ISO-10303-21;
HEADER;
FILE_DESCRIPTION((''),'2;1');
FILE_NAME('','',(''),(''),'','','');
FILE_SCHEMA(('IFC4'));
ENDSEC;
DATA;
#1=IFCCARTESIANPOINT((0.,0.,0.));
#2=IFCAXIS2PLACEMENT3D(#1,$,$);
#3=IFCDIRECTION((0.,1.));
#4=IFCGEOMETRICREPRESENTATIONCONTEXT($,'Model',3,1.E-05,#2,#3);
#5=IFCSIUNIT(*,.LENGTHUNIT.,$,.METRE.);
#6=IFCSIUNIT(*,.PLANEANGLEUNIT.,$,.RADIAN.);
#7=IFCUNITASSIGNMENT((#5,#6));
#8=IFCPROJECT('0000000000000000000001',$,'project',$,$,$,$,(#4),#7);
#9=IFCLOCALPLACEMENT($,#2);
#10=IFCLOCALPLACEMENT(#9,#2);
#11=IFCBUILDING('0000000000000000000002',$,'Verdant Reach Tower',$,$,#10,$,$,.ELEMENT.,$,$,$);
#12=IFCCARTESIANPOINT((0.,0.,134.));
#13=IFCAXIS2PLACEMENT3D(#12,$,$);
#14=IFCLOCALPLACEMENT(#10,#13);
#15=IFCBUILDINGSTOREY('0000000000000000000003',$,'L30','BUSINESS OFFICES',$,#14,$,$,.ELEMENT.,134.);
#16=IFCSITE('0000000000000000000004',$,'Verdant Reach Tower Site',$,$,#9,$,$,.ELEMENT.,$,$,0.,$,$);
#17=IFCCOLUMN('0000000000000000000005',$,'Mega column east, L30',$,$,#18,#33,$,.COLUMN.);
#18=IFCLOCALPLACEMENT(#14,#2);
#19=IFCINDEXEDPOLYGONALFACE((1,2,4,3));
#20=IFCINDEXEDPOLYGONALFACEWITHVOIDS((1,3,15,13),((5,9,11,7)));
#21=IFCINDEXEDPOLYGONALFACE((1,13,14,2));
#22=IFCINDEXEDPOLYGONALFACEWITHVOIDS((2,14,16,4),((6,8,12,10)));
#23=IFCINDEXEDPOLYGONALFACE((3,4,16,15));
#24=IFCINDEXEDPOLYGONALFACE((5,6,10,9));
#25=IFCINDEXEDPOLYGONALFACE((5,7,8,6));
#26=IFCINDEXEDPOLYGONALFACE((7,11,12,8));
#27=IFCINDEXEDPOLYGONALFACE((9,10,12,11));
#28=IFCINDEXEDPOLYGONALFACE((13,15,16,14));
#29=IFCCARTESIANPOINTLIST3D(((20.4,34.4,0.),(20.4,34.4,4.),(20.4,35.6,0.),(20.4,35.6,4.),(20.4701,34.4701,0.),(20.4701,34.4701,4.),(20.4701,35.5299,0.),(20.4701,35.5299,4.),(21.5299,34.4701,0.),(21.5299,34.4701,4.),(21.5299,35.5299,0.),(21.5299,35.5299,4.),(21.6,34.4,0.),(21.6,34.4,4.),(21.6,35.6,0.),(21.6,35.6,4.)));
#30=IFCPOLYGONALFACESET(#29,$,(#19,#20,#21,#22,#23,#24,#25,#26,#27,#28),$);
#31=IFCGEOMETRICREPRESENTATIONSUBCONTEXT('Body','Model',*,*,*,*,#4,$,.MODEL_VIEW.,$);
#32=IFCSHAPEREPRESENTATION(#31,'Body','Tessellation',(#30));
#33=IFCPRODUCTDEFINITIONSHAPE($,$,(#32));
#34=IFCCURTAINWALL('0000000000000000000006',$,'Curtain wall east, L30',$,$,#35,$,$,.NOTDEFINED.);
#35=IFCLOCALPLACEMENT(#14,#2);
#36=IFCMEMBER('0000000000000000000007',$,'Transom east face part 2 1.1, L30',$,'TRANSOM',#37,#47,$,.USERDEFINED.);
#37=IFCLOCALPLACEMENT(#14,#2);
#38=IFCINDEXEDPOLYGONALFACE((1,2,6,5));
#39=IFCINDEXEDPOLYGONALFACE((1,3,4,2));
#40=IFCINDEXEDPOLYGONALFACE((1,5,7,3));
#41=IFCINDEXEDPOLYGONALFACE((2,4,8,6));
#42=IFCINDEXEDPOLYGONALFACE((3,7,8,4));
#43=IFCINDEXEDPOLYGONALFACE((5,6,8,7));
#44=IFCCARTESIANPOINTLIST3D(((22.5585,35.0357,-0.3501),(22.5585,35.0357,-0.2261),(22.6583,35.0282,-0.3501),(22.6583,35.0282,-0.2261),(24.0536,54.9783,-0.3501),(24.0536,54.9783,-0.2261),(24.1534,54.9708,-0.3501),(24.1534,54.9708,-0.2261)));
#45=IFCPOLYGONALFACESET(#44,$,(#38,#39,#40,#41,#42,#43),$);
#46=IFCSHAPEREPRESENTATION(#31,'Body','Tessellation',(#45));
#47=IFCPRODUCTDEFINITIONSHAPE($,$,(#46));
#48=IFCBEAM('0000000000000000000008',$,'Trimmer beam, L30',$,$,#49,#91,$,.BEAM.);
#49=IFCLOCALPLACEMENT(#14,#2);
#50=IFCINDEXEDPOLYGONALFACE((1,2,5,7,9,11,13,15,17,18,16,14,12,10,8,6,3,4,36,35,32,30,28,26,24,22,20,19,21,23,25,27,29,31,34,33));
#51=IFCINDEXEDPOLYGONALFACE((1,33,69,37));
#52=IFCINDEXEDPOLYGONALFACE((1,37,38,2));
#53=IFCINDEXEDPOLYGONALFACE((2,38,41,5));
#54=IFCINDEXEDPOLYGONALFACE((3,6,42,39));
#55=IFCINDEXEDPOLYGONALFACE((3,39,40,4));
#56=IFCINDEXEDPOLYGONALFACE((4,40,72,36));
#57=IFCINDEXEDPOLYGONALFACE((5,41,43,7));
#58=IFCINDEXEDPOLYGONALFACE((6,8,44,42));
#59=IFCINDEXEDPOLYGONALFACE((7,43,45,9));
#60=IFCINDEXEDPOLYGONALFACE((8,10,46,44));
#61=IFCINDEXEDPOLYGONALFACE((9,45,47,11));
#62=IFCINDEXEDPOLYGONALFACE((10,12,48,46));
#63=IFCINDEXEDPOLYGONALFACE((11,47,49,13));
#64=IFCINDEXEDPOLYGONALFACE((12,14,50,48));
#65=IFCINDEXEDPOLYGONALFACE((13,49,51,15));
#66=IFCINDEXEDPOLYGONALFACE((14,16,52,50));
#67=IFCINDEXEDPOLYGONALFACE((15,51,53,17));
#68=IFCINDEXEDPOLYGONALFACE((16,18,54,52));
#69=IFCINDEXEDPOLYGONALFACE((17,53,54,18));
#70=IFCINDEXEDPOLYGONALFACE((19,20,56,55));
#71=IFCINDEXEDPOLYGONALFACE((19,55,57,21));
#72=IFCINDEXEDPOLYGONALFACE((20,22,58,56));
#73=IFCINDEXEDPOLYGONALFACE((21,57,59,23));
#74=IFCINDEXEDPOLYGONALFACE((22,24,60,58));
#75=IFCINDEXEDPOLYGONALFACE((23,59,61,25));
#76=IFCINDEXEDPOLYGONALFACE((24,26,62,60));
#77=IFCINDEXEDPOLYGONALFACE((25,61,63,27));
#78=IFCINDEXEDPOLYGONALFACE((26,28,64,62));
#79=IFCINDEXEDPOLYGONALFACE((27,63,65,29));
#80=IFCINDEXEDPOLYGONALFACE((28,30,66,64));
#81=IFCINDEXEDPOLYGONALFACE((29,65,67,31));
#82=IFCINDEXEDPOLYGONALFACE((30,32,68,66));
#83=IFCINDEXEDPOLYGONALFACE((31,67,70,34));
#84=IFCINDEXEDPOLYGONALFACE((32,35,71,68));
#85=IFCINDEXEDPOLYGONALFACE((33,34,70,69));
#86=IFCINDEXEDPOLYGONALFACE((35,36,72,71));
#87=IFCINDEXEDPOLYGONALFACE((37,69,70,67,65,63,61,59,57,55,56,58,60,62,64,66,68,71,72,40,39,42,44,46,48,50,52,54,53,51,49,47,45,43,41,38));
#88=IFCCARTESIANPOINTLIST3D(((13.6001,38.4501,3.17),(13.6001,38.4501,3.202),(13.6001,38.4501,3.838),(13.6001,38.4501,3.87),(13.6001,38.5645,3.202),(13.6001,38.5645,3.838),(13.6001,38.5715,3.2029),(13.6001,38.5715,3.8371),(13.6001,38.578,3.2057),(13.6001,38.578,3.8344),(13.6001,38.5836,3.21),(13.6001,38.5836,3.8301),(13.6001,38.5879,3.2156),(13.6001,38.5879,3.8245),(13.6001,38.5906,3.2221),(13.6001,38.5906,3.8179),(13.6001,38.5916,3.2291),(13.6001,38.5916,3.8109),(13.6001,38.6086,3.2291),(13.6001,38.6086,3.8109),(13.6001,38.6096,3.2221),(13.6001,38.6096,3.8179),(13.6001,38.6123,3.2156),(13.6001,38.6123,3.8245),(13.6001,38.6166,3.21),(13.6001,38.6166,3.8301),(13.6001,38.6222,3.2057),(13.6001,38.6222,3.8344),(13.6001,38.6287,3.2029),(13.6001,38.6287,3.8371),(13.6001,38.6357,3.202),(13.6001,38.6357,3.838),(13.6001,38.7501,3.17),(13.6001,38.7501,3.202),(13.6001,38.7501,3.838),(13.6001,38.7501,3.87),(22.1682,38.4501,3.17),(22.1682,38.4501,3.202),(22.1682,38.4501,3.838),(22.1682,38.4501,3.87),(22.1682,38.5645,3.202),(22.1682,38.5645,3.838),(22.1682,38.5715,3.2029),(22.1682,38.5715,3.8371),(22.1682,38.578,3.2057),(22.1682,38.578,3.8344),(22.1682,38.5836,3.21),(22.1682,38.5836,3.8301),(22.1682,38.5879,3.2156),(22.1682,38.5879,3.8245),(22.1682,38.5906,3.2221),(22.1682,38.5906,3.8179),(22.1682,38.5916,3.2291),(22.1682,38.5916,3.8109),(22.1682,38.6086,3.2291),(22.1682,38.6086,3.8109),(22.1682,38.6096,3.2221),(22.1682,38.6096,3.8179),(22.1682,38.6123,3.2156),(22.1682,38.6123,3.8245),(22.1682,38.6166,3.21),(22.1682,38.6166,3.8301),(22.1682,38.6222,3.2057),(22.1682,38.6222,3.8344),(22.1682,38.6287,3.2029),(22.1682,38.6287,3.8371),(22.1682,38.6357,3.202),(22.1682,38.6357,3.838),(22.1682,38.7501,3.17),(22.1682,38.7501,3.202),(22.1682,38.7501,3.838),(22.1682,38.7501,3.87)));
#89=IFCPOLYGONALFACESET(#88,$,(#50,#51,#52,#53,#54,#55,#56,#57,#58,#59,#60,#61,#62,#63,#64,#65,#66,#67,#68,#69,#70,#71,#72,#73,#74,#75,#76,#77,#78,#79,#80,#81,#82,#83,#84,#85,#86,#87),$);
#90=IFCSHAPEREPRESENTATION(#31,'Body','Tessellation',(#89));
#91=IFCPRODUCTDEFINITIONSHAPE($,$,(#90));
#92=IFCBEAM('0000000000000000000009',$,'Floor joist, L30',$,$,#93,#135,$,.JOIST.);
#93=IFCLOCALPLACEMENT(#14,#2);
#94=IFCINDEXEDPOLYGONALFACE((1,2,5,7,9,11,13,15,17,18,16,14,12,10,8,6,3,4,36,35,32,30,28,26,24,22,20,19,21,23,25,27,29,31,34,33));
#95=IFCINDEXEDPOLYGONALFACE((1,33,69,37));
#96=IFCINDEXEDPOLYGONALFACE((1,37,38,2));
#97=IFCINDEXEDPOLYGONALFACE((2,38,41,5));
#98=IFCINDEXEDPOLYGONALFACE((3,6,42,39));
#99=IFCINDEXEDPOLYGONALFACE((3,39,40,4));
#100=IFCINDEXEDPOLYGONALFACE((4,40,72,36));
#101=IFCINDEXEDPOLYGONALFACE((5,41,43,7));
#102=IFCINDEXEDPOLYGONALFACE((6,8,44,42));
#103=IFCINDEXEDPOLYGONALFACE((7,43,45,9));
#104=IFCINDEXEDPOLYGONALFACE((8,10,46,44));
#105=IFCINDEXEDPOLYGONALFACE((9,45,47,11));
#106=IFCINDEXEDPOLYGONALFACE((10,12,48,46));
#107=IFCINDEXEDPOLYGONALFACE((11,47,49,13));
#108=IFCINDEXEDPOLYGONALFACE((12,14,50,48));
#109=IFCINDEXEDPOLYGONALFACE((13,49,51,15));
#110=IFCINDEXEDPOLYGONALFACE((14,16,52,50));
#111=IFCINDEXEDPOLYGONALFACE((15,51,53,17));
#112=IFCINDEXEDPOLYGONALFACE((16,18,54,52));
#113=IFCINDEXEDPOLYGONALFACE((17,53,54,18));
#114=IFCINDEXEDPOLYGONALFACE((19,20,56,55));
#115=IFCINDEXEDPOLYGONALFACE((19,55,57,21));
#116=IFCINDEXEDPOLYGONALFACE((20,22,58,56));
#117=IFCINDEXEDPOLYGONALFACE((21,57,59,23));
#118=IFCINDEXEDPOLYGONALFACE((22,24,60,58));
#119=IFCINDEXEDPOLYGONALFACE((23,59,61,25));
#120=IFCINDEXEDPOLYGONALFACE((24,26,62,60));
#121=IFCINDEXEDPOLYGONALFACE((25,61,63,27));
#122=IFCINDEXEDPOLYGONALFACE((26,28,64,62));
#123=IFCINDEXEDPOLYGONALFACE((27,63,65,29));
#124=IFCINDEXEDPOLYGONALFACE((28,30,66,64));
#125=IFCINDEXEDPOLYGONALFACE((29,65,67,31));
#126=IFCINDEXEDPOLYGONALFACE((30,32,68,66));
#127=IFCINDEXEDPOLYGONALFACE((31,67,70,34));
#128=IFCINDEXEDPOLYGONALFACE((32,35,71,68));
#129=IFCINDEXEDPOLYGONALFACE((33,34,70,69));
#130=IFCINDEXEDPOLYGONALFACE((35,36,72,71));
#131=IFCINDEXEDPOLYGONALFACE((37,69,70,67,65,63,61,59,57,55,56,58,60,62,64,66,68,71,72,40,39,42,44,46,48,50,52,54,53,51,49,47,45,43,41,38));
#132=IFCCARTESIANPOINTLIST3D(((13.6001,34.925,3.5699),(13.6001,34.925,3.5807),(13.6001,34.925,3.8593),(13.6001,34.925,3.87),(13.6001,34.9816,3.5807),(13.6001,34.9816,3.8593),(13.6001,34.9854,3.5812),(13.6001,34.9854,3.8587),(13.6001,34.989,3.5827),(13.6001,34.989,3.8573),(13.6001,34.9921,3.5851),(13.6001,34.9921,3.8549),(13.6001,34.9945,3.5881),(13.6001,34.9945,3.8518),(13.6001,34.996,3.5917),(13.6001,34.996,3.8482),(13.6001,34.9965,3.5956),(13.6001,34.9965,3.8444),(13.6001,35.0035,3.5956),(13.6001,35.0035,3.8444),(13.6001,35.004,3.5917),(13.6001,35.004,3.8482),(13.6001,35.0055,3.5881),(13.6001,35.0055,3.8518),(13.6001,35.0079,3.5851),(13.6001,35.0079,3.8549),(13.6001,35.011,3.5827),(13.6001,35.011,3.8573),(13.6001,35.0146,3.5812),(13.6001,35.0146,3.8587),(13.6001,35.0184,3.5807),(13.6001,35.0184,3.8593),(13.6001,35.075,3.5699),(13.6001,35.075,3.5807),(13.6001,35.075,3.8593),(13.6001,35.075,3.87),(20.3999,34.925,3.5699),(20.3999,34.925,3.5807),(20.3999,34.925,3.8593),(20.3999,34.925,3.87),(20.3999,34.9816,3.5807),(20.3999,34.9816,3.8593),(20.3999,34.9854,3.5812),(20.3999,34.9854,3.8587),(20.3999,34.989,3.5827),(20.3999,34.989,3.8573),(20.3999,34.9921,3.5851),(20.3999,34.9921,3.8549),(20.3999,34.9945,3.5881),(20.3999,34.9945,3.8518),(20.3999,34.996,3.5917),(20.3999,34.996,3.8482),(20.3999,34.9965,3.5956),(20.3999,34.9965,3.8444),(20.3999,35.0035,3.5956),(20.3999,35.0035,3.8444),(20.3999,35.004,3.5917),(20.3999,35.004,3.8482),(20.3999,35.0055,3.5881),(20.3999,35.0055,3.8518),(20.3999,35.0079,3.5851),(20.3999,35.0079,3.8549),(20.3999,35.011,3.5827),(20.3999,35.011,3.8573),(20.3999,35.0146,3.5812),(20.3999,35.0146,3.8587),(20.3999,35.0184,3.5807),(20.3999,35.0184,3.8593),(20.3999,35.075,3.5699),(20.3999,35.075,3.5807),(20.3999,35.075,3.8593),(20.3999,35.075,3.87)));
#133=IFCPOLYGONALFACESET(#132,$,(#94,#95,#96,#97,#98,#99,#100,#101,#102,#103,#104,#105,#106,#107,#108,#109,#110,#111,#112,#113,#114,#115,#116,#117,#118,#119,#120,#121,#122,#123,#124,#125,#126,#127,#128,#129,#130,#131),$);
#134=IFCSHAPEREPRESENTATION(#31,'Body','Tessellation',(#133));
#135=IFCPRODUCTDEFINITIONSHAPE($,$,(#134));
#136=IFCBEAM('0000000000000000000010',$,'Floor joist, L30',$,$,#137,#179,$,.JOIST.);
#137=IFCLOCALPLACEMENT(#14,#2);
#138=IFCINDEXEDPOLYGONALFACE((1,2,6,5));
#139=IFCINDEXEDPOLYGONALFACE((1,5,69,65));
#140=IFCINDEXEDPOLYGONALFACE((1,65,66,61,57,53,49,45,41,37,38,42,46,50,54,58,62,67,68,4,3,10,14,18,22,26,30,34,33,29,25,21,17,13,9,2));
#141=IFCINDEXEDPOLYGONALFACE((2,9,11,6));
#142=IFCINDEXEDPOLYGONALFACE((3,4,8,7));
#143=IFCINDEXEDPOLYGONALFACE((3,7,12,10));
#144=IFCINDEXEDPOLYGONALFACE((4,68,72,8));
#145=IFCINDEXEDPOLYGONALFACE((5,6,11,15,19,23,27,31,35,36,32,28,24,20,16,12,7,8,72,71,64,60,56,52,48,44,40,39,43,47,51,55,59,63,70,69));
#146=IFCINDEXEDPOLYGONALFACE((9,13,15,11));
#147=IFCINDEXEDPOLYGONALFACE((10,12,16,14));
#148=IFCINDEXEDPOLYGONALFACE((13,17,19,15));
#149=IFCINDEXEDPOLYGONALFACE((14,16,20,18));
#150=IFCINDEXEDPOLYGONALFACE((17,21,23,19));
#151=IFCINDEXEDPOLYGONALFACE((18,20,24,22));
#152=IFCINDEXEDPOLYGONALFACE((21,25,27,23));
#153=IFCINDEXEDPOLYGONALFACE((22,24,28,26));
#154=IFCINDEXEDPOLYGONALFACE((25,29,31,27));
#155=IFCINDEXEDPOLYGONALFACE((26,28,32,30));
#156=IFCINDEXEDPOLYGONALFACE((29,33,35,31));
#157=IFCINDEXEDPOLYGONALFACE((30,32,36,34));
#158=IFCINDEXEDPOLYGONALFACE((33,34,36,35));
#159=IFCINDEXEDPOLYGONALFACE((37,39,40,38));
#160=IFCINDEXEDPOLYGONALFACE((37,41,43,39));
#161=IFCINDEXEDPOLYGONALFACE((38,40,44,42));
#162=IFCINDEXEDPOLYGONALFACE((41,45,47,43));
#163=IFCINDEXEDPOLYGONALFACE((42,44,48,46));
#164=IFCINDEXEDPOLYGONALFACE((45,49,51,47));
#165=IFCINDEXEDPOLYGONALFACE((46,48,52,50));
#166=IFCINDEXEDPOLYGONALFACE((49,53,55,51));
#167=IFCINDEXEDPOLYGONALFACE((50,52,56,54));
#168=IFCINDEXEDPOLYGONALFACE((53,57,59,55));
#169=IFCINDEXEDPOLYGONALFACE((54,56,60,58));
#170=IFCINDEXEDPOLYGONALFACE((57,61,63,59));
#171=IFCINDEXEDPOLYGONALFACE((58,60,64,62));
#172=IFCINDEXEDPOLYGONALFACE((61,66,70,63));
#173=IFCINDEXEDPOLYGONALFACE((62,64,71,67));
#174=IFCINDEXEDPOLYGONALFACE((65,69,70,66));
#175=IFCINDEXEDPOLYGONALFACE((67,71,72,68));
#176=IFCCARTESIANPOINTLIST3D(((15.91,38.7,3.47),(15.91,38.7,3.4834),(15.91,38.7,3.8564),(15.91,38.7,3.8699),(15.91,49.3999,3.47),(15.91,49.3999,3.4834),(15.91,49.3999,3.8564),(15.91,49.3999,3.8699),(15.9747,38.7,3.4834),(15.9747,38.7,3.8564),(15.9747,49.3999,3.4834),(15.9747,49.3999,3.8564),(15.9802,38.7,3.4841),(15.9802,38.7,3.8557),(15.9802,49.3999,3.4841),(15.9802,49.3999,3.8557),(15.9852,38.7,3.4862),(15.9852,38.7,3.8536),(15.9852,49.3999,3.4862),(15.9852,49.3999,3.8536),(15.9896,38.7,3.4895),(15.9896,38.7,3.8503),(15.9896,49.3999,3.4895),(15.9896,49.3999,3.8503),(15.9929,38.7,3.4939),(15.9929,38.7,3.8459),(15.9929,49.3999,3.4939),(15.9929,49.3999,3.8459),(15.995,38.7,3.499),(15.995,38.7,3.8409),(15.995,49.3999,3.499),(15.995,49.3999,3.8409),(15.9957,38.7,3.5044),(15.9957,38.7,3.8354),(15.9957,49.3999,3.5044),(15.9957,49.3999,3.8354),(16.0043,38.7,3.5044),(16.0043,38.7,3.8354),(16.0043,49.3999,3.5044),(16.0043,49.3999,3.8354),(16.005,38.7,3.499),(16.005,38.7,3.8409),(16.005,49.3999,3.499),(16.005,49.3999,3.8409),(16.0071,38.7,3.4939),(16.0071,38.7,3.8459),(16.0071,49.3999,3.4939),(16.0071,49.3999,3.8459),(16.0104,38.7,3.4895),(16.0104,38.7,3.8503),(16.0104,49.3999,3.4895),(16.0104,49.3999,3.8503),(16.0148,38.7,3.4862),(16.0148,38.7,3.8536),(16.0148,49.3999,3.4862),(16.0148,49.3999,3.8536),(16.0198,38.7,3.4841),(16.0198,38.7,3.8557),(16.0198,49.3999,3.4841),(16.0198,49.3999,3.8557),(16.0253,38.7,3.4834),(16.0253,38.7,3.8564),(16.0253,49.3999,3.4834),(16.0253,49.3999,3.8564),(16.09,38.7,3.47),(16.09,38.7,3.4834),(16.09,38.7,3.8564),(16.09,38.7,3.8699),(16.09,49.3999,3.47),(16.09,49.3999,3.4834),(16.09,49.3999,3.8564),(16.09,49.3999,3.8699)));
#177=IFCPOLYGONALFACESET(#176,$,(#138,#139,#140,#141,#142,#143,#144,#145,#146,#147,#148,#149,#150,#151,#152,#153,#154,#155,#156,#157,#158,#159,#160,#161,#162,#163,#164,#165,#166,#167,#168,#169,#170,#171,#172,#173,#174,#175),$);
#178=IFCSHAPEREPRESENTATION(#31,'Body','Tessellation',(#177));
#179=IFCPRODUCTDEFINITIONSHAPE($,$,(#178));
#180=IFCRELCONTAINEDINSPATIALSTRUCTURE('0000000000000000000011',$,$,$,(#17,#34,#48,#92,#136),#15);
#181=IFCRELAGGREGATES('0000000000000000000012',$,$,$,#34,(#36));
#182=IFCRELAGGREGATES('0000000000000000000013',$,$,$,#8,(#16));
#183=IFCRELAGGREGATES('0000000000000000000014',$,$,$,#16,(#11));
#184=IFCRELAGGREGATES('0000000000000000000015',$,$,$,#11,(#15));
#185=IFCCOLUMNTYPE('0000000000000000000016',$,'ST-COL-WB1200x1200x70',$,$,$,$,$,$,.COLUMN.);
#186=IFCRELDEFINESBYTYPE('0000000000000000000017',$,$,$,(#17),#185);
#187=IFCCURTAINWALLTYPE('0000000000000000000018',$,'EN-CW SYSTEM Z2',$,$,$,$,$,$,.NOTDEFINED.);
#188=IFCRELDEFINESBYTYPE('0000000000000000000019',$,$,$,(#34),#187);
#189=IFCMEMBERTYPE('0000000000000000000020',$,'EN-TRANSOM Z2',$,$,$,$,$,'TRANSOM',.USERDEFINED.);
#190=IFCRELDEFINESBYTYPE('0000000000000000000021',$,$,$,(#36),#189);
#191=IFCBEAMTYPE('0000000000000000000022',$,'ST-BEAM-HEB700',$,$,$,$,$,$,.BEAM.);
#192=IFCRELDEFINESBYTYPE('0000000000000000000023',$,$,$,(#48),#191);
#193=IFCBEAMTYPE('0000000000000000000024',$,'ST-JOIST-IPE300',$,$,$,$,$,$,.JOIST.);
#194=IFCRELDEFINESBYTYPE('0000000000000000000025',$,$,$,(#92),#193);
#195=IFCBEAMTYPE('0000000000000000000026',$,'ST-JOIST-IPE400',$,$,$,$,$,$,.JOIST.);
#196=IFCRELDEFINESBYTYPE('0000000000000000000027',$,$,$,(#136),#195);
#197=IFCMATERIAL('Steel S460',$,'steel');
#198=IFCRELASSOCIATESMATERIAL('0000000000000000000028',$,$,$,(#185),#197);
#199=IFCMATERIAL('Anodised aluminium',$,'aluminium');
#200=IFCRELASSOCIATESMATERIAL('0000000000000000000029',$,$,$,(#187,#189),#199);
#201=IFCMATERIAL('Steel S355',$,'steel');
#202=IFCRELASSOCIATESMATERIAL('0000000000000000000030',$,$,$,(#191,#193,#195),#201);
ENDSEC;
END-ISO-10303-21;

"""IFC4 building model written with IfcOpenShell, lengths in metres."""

from ifc_helpers import new_model, si_unit, direction, frame, origin, origin_2d, place, context, subcontext, project, spatial, rectangle, hollow_rectangle, i_section, extrude, material, material_profile, profile_set, type_object, element, aggregate, save


model = new_model("IFC4")

# Units and contexts
model_context = context("Model", 3, precision=1e-05, world=origin(), true_north=direction((0.0, 1.0)))
body_context = subcontext(model_context, "Body", "Model", "MODEL_VIEW")
ifc_project = project(units=[si_unit("LENGTHUNIT", "METRE"), si_unit("PLANEANGLEUNIT", "RADIAN")], contexts=[model_context])

# Site, building, storey
site_placement = place(None, origin())
site = spatial("IfcSite", under=ifc_project, at=site_placement, Name="Verdant Reach Tower Site", CompositionType="ELEMENT", RefElevation=0.0)
building_placement = place(site_placement, origin())
building = spatial("IfcBuilding", under=site, at=building_placement, Name="Verdant Reach Tower", CompositionType="ELEMENT")
storey_placement = place(building_placement, frame((0.0, 0.0, 134.0)))
storey = spatial("IfcBuildingStorey", under=building, at=storey_placement, Name="L30", Description="BUSINESS OFFICES", CompositionType="ELEMENT", Elevation=134.0)

# Column
ifc_material_1 = material(Name="Steel S460", Category="steel")
ifc_material_profile_1 = material_profile(ifc_material_1, hollow_rectangle(XDim=1.2, YDim=1.2, WallThickness=0.0701, at=origin_2d()), Name="WB 1200x1200x70")
ifc_profile_set_1 = profile_set([ifc_material_profile_1], Name="Steel S460")
column_type = type_object("IfcColumnType", Name="ST-COL-WB1200x1200x70", PredefinedType="COLUMN", material=ifc_profile_set_1)
column_placement = place(storey_placement, frame((21.0, 35.0, 0.0), z_axis=(0.0, 0.0, 1.0), x_axis=(1.0, 0.0, 0.0)))
element("IfcColumn", 1, at=column_placement, inside=storey, type_object=column_type, Name="Mega column east, L30", PredefinedType="COLUMN", context=body_context, shape_type="SweptSolid", body=[
    extrude(hollow_rectangle(XDim=1.2, YDim=1.2, WallThickness=0.0701, at=origin_2d()), origin(), (0.0, 0.0, 1.0), 4.0),
])

# Curtain wall, member
ifc_material_2 = material(Name="Anodised aluminium", Category="aluminium")
curtain_wall_type = type_object("IfcCurtainWallType", Name="EN-CW SYSTEM Z2", PredefinedType="NOTDEFINED", material=ifc_material_2)
curtain_wall_placement = place(storey_placement, origin())
curtain_wall = element("IfcCurtainWall", 2, at=curtain_wall_placement, inside=storey, type_object=curtain_wall_type, Name="Curtain wall east, L30", PredefinedType="NOTDEFINED")
ifc_material_profile_2 = material_profile(ifc_material_2, rectangle(XDim=0.1001, YDim=0.124, at=origin_2d()), Name="Transom 124x100")
ifc_profile_set_2 = profile_set([ifc_material_profile_2], Name="Anodised aluminium")
member_type = type_object("IfcMemberType", Name="EN-TRANSOM Z2", ElementType="TRANSOM", PredefinedType="USERDEFINED", material=ifc_profile_set_2)
member_placement = place(storey_placement, frame((22.6084, 35.032, -0.2881), z_axis=(0.074761, 0.997201, 0.0), x_axis=(-0.997201, 0.074761, 0.0)))
member = element("IfcMember", 3, at=member_placement, type_object=member_type, Name="Transom east face part 2 1.1, L30", ObjectType="TRANSOM", PredefinedType="USERDEFINED", context=body_context, shape_type="SweptSolid", body=[
    extrude(rectangle(XDim=0.1001, YDim=0.124, at=origin_2d()), origin(), (0.0, 0.0, 1.0), 19.9985),
])

# Beams
ifc_material_3 = material(Name="Steel S355", Category="steel")
ifc_material_profile_3 = material_profile(ifc_material_3, i_section(OverallWidth=0.3, OverallDepth=0.7, WebThickness=0.0171, FlangeThickness=0.032, FilletRadius=0.0271, at=origin_2d()), Name="HEB 700")
ifc_profile_set_3 = profile_set([ifc_material_profile_3], Name="Steel S355")
beam_type_1 = type_object("IfcBeamType", Name="ST-BEAM-HEB700", PredefinedType="BEAM", material=ifc_profile_set_3)
beam_1_placement = place(storey_placement, frame((13.6001, 38.6001, 3.52), z_axis=(1.0, 0.0, 0.0), x_axis=(0.0, 1.0, 0.0)))
element("IfcBeam", 4, at=beam_1_placement, inside=storey, type_object=beam_type_1, Name="Trimmer beam, L30", PredefinedType="BEAM", context=body_context, shape_type="SweptSolid", body=[
    extrude(i_section(OverallWidth=0.3, OverallDepth=0.7, WebThickness=0.0171, FlangeThickness=0.032, FilletRadius=0.0271, at=origin_2d()), origin(), (0.0, 0.0, 1.0), 8.5681),
])
ifc_material_profile_4 = material_profile(ifc_material_3, i_section(OverallWidth=0.1499, OverallDepth=0.3, WebThickness=0.0071, FlangeThickness=0.0107, FilletRadius=0.0149, at=origin_2d()), Name="IPE 300")
ifc_profile_set_4 = profile_set([ifc_material_profile_4], Name="Steel S355")
beam_type_2 = type_object("IfcBeamType", Name="ST-JOIST-IPE300", PredefinedType="JOIST", material=ifc_profile_set_4)
beam_2_placement = place(storey_placement, frame((13.6001, 35.0, 3.72), z_axis=(1.0, 0.0, 0.0), x_axis=(0.0, 1.0, 0.0)))
element("IfcBeam", 5, at=beam_2_placement, inside=storey, type_object=beam_type_2, Name="Floor joist, L30", PredefinedType="JOIST", context=body_context, shape_type="SweptSolid", body=[
    extrude(i_section(OverallWidth=0.1499, OverallDepth=0.3, WebThickness=0.0071, FlangeThickness=0.0107, FilletRadius=0.0149, at=origin_2d()), origin(), (0.0, 0.0, 1.0), 6.7998),
])
ifc_material_profile_5 = material_profile(ifc_material_3, i_section(OverallWidth=0.1799, OverallDepth=0.3999, WebThickness=0.0085, FlangeThickness=0.0134, FilletRadius=0.021, at=origin_2d()), Name="IPE 400")
ifc_profile_set_5 = profile_set([ifc_material_profile_5], Name="Steel S355")
beam_type_3 = type_object("IfcBeamType", Name="ST-JOIST-IPE400", PredefinedType="JOIST", material=ifc_profile_set_5)
for number, where, z_axis, x_axis, name in (
    (6, (16.0, 38.7, 3.6699), (0.0, 1.0, 0.0), (-1.0, 0.0, 0.0), "Floor joist, L30"),
):
    element("IfcBeam", number, at=place(storey_placement, frame(where, z_axis=z_axis, x_axis=x_axis)), inside=storey, type_object=beam_type_3, Name=name, PredefinedType="JOIST", context=body_context, shape_type="SweptSolid", body=[
        extrude(i_section(OverallWidth=0.1799, OverallDepth=0.3999, WebThickness=0.0085, FlangeThickness=0.0134, FilletRadius=0.021, at=origin_2d()), origin(), (0.0, 0.0, 1.0), 10.7),
    ])

aggregate(curtain_wall, [member])

save(model, "model.ifc")
